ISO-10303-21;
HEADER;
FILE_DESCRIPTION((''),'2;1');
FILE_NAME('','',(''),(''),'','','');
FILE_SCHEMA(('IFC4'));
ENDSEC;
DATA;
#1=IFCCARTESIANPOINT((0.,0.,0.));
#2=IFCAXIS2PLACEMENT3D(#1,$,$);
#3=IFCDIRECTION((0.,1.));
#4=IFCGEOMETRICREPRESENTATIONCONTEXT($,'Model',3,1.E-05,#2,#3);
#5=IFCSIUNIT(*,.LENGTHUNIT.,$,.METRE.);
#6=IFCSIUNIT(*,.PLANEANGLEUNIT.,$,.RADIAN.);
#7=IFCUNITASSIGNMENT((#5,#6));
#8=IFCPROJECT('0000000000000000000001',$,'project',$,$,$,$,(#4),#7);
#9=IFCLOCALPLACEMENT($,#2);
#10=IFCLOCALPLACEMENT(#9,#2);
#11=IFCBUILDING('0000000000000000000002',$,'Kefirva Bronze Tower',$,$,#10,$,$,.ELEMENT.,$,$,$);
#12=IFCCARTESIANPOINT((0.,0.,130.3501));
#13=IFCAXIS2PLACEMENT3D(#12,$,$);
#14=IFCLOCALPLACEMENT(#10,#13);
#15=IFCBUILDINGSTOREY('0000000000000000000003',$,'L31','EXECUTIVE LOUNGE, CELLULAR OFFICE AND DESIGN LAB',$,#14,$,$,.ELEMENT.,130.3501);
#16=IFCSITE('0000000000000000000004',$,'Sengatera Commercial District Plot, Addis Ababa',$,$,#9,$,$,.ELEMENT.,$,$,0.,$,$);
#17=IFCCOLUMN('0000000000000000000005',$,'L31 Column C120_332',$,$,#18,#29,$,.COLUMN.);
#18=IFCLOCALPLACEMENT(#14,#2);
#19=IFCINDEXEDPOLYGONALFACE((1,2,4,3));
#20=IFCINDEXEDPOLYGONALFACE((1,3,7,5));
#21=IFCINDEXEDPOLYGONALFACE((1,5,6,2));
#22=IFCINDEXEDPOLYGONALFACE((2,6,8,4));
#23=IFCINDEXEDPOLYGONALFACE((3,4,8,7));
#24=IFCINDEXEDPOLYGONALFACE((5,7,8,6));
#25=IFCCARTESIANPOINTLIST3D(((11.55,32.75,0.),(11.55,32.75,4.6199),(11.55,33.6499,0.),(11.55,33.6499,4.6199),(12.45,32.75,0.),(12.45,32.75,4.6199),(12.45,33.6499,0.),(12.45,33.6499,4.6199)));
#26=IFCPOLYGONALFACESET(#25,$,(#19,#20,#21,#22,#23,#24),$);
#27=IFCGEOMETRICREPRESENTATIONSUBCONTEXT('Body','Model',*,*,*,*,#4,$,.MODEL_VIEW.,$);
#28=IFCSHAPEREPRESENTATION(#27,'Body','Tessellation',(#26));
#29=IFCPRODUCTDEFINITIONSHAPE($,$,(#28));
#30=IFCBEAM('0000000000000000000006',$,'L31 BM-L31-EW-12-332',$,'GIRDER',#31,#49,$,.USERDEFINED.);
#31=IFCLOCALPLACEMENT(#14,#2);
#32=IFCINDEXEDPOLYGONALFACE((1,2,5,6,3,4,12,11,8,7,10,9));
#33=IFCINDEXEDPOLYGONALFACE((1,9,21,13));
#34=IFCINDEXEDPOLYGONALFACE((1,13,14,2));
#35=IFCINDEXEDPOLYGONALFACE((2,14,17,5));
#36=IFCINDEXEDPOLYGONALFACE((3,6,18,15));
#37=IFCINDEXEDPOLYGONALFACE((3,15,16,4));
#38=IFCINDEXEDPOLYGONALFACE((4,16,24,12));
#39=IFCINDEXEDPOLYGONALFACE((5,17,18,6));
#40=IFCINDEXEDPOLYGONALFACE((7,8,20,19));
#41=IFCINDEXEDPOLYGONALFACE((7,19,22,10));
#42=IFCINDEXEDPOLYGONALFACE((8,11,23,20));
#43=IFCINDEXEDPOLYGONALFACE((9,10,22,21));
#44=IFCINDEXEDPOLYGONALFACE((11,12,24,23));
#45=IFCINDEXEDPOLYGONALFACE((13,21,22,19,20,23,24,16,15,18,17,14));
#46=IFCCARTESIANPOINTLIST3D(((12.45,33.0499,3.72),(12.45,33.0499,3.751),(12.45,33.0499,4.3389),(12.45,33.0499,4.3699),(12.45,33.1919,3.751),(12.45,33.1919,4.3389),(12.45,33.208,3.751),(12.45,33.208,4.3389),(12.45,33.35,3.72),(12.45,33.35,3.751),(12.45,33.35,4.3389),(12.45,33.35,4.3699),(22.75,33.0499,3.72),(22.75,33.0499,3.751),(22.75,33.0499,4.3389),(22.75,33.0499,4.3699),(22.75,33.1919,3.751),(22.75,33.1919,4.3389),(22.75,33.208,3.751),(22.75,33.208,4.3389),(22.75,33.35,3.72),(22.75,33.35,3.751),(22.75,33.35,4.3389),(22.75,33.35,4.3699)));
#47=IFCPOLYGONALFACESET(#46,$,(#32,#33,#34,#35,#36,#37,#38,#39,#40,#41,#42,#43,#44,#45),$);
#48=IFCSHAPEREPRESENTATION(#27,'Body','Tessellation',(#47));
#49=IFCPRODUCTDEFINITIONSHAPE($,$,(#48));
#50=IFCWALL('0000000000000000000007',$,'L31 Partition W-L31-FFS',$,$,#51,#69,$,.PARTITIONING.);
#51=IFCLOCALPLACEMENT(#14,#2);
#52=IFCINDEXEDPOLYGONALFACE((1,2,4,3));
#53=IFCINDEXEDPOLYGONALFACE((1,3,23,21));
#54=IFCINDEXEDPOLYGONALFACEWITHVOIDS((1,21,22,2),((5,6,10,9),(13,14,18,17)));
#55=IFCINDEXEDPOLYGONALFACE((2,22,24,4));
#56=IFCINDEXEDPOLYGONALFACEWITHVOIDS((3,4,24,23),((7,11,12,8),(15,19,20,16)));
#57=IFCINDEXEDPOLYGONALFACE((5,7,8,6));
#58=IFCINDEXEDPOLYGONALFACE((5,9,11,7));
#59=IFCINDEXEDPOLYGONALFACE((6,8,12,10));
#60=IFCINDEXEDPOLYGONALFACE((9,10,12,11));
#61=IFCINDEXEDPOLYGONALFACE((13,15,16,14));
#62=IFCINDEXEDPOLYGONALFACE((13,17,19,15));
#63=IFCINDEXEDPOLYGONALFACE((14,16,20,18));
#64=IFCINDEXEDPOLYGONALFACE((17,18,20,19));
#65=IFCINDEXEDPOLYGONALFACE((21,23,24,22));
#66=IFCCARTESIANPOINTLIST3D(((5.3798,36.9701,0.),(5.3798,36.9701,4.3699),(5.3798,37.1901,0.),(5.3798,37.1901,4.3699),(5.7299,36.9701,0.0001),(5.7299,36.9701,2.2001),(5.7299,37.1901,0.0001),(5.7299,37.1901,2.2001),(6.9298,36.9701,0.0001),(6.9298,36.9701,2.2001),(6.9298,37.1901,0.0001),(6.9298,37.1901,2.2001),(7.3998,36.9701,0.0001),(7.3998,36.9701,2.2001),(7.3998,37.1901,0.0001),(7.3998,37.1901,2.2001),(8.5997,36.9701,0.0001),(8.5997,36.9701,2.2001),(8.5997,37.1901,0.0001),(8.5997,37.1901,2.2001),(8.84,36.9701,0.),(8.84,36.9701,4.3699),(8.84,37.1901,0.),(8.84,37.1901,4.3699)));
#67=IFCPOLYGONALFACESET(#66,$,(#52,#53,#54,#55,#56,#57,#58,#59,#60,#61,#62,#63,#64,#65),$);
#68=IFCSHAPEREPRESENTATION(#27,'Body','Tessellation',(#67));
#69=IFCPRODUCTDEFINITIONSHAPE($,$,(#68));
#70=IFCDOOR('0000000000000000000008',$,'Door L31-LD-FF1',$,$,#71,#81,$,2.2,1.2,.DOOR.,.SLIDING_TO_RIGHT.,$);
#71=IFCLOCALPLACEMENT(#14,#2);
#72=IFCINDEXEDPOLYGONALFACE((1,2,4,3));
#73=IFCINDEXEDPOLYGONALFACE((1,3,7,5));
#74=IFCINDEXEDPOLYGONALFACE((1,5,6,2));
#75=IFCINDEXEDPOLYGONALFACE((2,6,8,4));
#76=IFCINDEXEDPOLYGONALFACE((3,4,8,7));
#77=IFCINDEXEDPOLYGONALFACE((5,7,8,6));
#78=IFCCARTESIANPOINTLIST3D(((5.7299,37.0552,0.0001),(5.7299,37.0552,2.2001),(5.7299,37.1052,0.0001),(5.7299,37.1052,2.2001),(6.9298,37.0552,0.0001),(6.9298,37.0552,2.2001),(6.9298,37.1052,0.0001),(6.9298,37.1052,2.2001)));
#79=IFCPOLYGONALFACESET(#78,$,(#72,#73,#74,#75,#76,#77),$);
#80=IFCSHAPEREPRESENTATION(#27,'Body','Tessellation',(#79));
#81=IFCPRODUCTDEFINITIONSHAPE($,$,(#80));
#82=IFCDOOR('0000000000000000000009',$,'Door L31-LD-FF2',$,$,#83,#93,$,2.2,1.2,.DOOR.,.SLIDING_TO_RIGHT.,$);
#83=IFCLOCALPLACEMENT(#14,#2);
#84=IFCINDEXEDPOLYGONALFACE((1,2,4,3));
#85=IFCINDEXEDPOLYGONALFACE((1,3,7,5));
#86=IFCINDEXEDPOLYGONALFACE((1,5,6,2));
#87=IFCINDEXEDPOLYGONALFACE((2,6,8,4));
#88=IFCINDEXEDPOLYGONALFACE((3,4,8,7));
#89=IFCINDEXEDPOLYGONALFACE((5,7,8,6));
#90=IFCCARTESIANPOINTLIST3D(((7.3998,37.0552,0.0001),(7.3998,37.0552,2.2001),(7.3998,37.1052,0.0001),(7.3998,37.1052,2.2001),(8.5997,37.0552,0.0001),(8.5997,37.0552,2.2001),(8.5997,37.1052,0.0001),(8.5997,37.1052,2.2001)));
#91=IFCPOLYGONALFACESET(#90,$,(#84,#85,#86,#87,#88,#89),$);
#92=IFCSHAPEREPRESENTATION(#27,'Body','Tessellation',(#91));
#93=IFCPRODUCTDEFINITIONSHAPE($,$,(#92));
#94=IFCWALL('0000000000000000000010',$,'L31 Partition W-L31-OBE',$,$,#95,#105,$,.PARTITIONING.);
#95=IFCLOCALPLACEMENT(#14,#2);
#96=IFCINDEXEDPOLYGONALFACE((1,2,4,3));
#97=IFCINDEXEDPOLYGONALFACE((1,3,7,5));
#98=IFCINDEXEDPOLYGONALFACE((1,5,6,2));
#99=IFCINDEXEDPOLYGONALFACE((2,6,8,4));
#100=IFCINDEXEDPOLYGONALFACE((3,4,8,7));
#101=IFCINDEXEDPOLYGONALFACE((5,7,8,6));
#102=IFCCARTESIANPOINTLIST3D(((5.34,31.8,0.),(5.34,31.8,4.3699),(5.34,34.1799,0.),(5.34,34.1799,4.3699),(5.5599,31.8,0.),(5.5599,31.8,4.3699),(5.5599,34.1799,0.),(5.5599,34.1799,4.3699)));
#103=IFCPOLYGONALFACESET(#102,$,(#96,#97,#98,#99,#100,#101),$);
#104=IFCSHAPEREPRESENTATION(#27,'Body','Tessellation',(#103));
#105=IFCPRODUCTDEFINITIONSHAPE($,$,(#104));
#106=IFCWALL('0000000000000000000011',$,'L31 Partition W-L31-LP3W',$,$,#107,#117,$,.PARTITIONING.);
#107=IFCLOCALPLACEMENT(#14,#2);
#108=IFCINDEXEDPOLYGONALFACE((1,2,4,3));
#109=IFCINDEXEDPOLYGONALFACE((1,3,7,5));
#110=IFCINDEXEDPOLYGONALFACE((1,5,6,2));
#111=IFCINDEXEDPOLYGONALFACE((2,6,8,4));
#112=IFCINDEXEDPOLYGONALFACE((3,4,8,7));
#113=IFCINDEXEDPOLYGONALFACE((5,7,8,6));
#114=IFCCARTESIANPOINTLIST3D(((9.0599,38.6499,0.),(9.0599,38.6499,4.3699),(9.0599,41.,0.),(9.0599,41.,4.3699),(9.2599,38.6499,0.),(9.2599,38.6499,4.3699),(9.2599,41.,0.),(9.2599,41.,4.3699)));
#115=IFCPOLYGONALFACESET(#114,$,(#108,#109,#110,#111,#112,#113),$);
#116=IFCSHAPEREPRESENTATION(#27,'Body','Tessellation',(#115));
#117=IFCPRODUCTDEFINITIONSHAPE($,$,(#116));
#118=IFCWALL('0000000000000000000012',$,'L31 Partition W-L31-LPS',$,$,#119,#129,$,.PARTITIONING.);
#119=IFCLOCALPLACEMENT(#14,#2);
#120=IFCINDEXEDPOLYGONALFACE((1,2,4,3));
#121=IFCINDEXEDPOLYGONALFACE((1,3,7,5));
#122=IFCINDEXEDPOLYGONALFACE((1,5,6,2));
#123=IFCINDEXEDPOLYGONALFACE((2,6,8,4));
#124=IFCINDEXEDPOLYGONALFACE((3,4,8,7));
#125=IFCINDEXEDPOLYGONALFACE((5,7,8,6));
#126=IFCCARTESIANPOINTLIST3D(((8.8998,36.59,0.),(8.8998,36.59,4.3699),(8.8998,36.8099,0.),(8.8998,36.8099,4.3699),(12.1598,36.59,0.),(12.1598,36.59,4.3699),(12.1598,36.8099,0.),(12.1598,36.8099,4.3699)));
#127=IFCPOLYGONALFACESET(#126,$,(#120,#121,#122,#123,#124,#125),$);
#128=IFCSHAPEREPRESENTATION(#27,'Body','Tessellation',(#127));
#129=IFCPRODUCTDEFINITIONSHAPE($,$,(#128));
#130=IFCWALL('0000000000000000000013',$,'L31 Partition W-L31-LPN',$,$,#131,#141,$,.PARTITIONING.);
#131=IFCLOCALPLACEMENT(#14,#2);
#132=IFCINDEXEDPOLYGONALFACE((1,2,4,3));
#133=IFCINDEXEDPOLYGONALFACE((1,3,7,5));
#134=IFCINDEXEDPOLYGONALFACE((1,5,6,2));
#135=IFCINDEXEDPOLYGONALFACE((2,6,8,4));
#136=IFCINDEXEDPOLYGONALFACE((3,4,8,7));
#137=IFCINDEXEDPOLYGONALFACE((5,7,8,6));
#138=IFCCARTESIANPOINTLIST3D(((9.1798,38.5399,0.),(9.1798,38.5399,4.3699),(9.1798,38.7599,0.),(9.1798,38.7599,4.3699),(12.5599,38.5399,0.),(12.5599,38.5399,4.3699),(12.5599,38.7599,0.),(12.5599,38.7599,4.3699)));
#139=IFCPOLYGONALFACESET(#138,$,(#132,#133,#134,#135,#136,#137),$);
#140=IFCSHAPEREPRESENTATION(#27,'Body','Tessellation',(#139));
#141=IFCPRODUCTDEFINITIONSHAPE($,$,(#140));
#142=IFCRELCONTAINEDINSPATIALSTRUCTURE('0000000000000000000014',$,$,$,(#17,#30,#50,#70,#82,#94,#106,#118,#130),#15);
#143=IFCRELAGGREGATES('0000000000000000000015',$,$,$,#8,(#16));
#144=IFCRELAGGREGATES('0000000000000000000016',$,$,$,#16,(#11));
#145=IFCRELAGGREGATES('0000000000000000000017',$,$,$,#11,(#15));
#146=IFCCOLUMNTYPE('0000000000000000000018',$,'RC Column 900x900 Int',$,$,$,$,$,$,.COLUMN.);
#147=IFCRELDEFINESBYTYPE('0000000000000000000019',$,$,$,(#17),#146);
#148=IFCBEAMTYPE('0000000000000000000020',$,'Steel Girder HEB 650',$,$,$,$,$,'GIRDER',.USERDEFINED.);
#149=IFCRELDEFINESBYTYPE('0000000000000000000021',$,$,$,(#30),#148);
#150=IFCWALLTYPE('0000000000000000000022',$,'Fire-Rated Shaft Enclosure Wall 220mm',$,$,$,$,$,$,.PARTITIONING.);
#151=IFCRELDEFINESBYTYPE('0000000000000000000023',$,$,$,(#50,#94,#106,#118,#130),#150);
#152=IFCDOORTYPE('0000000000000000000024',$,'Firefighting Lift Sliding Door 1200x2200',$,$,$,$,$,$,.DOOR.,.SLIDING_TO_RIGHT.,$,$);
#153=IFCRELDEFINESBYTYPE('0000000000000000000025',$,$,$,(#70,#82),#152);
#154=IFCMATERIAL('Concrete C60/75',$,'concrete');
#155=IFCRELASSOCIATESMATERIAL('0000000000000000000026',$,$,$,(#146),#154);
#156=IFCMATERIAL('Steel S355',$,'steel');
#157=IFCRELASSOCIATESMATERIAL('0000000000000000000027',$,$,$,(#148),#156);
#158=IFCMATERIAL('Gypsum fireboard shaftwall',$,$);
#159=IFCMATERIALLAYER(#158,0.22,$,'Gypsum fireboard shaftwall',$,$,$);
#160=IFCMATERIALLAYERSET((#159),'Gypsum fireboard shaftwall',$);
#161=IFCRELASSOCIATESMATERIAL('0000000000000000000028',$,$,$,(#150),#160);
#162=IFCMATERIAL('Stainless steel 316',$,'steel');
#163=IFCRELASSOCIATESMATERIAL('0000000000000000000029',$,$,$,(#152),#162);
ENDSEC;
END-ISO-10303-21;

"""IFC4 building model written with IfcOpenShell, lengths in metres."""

from ifc_helpers import new_model, si_unit, direction, frame, frame_2d, origin, origin_2d, place, context, subcontext, project, spatial, rectangle, i_section, extrude, material, layer, layer_set, material_profile, profile_set, type_object, element, fill, save


model = new_model("IFC4")

# Units and contexts
model_context = context("Model", 3, precision=1e-05, world=origin(), true_north=direction((0.0, 1.0)))
body_context = subcontext(model_context, "Body", "Model", "MODEL_VIEW")
ifc_project = project(units=[si_unit("LENGTHUNIT", "METRE"), si_unit("PLANEANGLEUNIT", "RADIAN")], contexts=[model_context])

# Site, building, storey
site_placement = place(None, origin())
site = spatial("IfcSite", under=ifc_project, at=site_placement, Name="Sengatera Commercial District Plot, Addis Ababa", CompositionType="ELEMENT", RefElevation=0.0)
building_placement = place(site_placement, origin())
building = spatial("IfcBuilding", under=site, at=building_placement, Name="Kefirva Bronze Tower", CompositionType="ELEMENT")
storey_placement = place(building_placement, frame((0.0, 0.0, 130.3501)))
storey = spatial("IfcBuildingStorey", under=building, at=storey_placement, Name="L31", Description="EXECUTIVE LOUNGE, CELLULAR OFFICE AND DESIGN LAB", CompositionType="ELEMENT", Elevation=130.3501)

# Column
ifc_material_1 = material(Name="Concrete C60/75", Category="concrete")
ifc_material_profile_1 = material_profile(ifc_material_1, rectangle(XDim=0.8999, YDim=0.8999, at=origin_2d()), Name="RC 900x900")
ifc_profile_set_1 = profile_set([ifc_material_profile_1], Name="Concrete C60/75")
column_type = type_object("IfcColumnType", Name="RC Column 900x900 Int", PredefinedType="COLUMN", material=ifc_profile_set_1)
column_placement = place(storey_placement, frame((12.0, 33.2, 0.0), z_axis=(0.0, 0.0, 1.0), x_axis=(1.0, 0.0, 0.0)))
element("IfcColumn", 1, at=column_placement, inside=storey, type_object=column_type, Name="L31 Column C120_332", PredefinedType="COLUMN", context=body_context, shape_type="SweptSolid", body=[
    extrude(rectangle(XDim=0.8999, YDim=0.8999, at=origin_2d()), origin(), (0.0, 0.0, 1.0), 4.6199),
])

# Beam
ifc_material_2 = material(Name="Steel S355", Category="steel")
ifc_material_profile_2 = material_profile(ifc_material_2, i_section(OverallWidth=0.3, OverallDepth=0.6499, WebThickness=0.0161, FlangeThickness=0.031, at=origin_2d()), Name="HEB 650")
ifc_profile_set_2 = profile_set([ifc_material_profile_2], Name="Steel S355")
beam_type = type_object("IfcBeamType", Name="Steel Girder HEB 650", ElementType="GIRDER", PredefinedType="USERDEFINED", material=ifc_profile_set_2)
beam_placement = place(storey_placement, frame((12.45, 33.2, 4.0449), z_axis=(1.0, 0.0, 0.0), x_axis=(0.0, 1.0, 0.0)))
element("IfcBeam", 2, at=beam_placement, inside=storey, type_object=beam_type, Name="L31 BM-L31-EW-12-332", ObjectType="GIRDER", PredefinedType="USERDEFINED", context=body_context, shape_type="SweptSolid", body=[
    extrude(i_section(OverallWidth=0.3, OverallDepth=0.6499, WebThickness=0.0161, FlangeThickness=0.031, at=origin_2d()), origin(), (0.0, 0.0, 1.0), 10.3),
])

# Wall, openings, doors
ifc_material_3 = material(Name="Gypsum fireboard shaftwall")
ifc_layer_1 = layer(ifc_material_3, 0.22, Name="Gypsum fireboard shaftwall")
ifc_layer_set_1 = layer_set([ifc_layer_1], Name="Gypsum fireboard shaftwall")
wall_type_1 = type_object("IfcWallType", Name="Fire-Rated Shaft Enclosure Wall 220mm", PredefinedType="PARTITIONING", material=ifc_layer_set_1)
wall_1_placement = place(storey_placement, frame((5.3799, 37.0801, 0.0), z_axis=(0.0, 0.0, 1.0), x_axis=(1.0, 0.0, 0.0)))
wall_1 = element("IfcWall", 3, at=wall_1_placement, inside=storey, type_object=wall_type_1, Name="L31 Partition W-L31-FFS", PredefinedType="PARTITIONING", context=body_context, shape_type="SweptSolid", body=[
    extrude(rectangle(XDim=3.4602, YDim=0.22, at=frame_2d((1.73, 0.0))), origin(), (0.0, 0.0, 1.0), 4.3699),
])
opening_1_placement = place(wall_1_placement, frame((1.55, 0.0, 0.0), z_axis=(0.0, 0.0, 1.0), x_axis=(-1.0, 0.0, 0.0)))
opening_1 = element("IfcOpeningElement", 4, at=opening_1_placement, cuts=wall_1, PredefinedType="OPENING", context=body_context, shape_type="SweptSolid", body=[
    extrude(rectangle(XDim=1.2, YDim=2.2, at=frame_2d((0.6001, 1.1001))), frame((0.0, 0.1201, 0.0), z_axis=(0.0, -1.0, 0.0), x_axis=(1.0, 0.0, 0.0)), (0.0, 0.0, 1.0), 0.24),
])
opening_2_placement = place(wall_1_placement, frame((3.22, 0.0, 0.0), z_axis=(0.0, 0.0, 1.0), x_axis=(-1.0, 0.0, 0.0)))
opening_2 = element("IfcOpeningElement", 5, at=opening_2_placement, cuts=wall_1, PredefinedType="OPENING", context=body_context, shape_type="SweptSolid", body=[
    extrude(rectangle(XDim=1.2, YDim=2.2, at=frame_2d((0.6001, 1.1001))), frame((0.0, 0.1201, 0.0), z_axis=(0.0, -1.0, 0.0), x_axis=(1.0, 0.0, 0.0)), (0.0, 0.0, 1.0), 0.24),
])
ifc_material_4 = material(Name="Stainless steel 316", Category="steel")
door_type_1 = type_object("IfcDoorType", Name="Firefighting Lift Sliding Door 1200x2200", OperationType="SLIDING_TO_RIGHT", PredefinedType="DOOR", material=ifc_material_4)
door_1_placement = place(opening_1_placement, origin())
door_1 = element("IfcDoor", 6, at=door_1_placement, inside=storey, type_object=door_type_1, Name="Door L31-LD-FF1", OperationType="SLIDING_TO_RIGHT", OverallHeight=2.2, OverallWidth=1.2, PredefinedType="DOOR", context=body_context, shape_type="SweptSolid", body=[
    extrude(rectangle(XDim=1.2, YDim=2.2, at=frame_2d((0.6001, 1.1001))), frame((0.0, 0.0249, 0.0), z_axis=(0.0, -1.0, 0.0), x_axis=(1.0, 0.0, 0.0)), (0.0, 0.0, 1.0), 0.05),
])
fill(opening_1, door_1)
door_2_placement = place(opening_2_placement, origin())
door_2 = element("IfcDoor", 7, at=door_2_placement, inside=storey, type_object=door_type_1, Name="Door L31-LD-FF2", OperationType="SLIDING_TO_RIGHT", OverallHeight=2.2, OverallWidth=1.2, PredefinedType="DOOR", context=body_context, shape_type="SweptSolid", body=[
    extrude(rectangle(XDim=1.2, YDim=2.2, at=frame_2d((0.6001, 1.1001))), frame((0.0, 0.0249, 0.0), z_axis=(0.0, -1.0, 0.0), x_axis=(1.0, 0.0, 0.0)), (0.0, 0.0, 1.0), 0.05),
])
fill(opening_2, door_2)

# Walls
wall_2_placement = place(storey_placement, frame((5.45, 31.8, 0.0), z_axis=(0.0, 0.0, 1.0), x_axis=(0.0, 1.0, 0.0)))
element("IfcWall", 8, at=wall_2_placement, inside=storey, type_object=wall_type_1, Name="L31 Partition W-L31-OBE", PredefinedType="PARTITIONING", context=body_context, shape_type="SweptSolid", body=[
    extrude(rectangle(XDim=2.3799, YDim=0.22, at=frame_2d((1.1899, 0.0))), origin(), (0.0, 0.0, 1.0), 4.3699),
])
wall_3_placement = place(storey_placement, frame((9.1599, 38.6499, 0.0), z_axis=(0.0, 0.0, 1.0), x_axis=(0.0, 1.0, 0.0)))
element("IfcWall", 9, at=wall_3_placement, inside=storey, type_object=wall_type_1, Name="L31 Partition W-L31-LP3W", PredefinedType="PARTITIONING", context=body_context, shape_type="SweptSolid", body=[
    extrude(rectangle(XDim=2.3501, YDim=0.2, at=frame_2d((1.175, 0.0))), origin(), (0.0, 0.0, 1.0), 4.3699),
])
wall_4_placement = place(storey_placement, frame((8.8999, 36.7, 0.0), z_axis=(0.0, 0.0, 1.0), x_axis=(1.0, 0.0, 0.0)))
element("IfcWall", 10, at=wall_4_placement, inside=storey, type_object=wall_type_1, Name="L31 Partition W-L31-LPS", PredefinedType="PARTITIONING", context=body_context, shape_type="SweptSolid", body=[
    extrude(rectangle(XDim=3.26, YDim=0.22, at=frame_2d((1.6299, 0.0))), origin(), (0.0, 0.0, 1.0), 4.3699),
])
wall_5_placement = place(storey_placement, frame((9.1799, 38.6499, 0.0), z_axis=(0.0, 0.0, 1.0), x_axis=(1.0, 0.0, 0.0)))
element("IfcWall", 11, at=wall_5_placement, inside=storey, type_object=wall_type_1, Name="L31 Partition W-L31-LPN", PredefinedType="PARTITIONING", context=body_context, shape_type="SweptSolid", body=[
    extrude(rectangle(XDim=3.3801, YDim=0.22, at=frame_2d((1.6899, 0.0))), origin(), (0.0, 0.0, 1.0), 4.3699),
])

save(model, "model.ifc")
